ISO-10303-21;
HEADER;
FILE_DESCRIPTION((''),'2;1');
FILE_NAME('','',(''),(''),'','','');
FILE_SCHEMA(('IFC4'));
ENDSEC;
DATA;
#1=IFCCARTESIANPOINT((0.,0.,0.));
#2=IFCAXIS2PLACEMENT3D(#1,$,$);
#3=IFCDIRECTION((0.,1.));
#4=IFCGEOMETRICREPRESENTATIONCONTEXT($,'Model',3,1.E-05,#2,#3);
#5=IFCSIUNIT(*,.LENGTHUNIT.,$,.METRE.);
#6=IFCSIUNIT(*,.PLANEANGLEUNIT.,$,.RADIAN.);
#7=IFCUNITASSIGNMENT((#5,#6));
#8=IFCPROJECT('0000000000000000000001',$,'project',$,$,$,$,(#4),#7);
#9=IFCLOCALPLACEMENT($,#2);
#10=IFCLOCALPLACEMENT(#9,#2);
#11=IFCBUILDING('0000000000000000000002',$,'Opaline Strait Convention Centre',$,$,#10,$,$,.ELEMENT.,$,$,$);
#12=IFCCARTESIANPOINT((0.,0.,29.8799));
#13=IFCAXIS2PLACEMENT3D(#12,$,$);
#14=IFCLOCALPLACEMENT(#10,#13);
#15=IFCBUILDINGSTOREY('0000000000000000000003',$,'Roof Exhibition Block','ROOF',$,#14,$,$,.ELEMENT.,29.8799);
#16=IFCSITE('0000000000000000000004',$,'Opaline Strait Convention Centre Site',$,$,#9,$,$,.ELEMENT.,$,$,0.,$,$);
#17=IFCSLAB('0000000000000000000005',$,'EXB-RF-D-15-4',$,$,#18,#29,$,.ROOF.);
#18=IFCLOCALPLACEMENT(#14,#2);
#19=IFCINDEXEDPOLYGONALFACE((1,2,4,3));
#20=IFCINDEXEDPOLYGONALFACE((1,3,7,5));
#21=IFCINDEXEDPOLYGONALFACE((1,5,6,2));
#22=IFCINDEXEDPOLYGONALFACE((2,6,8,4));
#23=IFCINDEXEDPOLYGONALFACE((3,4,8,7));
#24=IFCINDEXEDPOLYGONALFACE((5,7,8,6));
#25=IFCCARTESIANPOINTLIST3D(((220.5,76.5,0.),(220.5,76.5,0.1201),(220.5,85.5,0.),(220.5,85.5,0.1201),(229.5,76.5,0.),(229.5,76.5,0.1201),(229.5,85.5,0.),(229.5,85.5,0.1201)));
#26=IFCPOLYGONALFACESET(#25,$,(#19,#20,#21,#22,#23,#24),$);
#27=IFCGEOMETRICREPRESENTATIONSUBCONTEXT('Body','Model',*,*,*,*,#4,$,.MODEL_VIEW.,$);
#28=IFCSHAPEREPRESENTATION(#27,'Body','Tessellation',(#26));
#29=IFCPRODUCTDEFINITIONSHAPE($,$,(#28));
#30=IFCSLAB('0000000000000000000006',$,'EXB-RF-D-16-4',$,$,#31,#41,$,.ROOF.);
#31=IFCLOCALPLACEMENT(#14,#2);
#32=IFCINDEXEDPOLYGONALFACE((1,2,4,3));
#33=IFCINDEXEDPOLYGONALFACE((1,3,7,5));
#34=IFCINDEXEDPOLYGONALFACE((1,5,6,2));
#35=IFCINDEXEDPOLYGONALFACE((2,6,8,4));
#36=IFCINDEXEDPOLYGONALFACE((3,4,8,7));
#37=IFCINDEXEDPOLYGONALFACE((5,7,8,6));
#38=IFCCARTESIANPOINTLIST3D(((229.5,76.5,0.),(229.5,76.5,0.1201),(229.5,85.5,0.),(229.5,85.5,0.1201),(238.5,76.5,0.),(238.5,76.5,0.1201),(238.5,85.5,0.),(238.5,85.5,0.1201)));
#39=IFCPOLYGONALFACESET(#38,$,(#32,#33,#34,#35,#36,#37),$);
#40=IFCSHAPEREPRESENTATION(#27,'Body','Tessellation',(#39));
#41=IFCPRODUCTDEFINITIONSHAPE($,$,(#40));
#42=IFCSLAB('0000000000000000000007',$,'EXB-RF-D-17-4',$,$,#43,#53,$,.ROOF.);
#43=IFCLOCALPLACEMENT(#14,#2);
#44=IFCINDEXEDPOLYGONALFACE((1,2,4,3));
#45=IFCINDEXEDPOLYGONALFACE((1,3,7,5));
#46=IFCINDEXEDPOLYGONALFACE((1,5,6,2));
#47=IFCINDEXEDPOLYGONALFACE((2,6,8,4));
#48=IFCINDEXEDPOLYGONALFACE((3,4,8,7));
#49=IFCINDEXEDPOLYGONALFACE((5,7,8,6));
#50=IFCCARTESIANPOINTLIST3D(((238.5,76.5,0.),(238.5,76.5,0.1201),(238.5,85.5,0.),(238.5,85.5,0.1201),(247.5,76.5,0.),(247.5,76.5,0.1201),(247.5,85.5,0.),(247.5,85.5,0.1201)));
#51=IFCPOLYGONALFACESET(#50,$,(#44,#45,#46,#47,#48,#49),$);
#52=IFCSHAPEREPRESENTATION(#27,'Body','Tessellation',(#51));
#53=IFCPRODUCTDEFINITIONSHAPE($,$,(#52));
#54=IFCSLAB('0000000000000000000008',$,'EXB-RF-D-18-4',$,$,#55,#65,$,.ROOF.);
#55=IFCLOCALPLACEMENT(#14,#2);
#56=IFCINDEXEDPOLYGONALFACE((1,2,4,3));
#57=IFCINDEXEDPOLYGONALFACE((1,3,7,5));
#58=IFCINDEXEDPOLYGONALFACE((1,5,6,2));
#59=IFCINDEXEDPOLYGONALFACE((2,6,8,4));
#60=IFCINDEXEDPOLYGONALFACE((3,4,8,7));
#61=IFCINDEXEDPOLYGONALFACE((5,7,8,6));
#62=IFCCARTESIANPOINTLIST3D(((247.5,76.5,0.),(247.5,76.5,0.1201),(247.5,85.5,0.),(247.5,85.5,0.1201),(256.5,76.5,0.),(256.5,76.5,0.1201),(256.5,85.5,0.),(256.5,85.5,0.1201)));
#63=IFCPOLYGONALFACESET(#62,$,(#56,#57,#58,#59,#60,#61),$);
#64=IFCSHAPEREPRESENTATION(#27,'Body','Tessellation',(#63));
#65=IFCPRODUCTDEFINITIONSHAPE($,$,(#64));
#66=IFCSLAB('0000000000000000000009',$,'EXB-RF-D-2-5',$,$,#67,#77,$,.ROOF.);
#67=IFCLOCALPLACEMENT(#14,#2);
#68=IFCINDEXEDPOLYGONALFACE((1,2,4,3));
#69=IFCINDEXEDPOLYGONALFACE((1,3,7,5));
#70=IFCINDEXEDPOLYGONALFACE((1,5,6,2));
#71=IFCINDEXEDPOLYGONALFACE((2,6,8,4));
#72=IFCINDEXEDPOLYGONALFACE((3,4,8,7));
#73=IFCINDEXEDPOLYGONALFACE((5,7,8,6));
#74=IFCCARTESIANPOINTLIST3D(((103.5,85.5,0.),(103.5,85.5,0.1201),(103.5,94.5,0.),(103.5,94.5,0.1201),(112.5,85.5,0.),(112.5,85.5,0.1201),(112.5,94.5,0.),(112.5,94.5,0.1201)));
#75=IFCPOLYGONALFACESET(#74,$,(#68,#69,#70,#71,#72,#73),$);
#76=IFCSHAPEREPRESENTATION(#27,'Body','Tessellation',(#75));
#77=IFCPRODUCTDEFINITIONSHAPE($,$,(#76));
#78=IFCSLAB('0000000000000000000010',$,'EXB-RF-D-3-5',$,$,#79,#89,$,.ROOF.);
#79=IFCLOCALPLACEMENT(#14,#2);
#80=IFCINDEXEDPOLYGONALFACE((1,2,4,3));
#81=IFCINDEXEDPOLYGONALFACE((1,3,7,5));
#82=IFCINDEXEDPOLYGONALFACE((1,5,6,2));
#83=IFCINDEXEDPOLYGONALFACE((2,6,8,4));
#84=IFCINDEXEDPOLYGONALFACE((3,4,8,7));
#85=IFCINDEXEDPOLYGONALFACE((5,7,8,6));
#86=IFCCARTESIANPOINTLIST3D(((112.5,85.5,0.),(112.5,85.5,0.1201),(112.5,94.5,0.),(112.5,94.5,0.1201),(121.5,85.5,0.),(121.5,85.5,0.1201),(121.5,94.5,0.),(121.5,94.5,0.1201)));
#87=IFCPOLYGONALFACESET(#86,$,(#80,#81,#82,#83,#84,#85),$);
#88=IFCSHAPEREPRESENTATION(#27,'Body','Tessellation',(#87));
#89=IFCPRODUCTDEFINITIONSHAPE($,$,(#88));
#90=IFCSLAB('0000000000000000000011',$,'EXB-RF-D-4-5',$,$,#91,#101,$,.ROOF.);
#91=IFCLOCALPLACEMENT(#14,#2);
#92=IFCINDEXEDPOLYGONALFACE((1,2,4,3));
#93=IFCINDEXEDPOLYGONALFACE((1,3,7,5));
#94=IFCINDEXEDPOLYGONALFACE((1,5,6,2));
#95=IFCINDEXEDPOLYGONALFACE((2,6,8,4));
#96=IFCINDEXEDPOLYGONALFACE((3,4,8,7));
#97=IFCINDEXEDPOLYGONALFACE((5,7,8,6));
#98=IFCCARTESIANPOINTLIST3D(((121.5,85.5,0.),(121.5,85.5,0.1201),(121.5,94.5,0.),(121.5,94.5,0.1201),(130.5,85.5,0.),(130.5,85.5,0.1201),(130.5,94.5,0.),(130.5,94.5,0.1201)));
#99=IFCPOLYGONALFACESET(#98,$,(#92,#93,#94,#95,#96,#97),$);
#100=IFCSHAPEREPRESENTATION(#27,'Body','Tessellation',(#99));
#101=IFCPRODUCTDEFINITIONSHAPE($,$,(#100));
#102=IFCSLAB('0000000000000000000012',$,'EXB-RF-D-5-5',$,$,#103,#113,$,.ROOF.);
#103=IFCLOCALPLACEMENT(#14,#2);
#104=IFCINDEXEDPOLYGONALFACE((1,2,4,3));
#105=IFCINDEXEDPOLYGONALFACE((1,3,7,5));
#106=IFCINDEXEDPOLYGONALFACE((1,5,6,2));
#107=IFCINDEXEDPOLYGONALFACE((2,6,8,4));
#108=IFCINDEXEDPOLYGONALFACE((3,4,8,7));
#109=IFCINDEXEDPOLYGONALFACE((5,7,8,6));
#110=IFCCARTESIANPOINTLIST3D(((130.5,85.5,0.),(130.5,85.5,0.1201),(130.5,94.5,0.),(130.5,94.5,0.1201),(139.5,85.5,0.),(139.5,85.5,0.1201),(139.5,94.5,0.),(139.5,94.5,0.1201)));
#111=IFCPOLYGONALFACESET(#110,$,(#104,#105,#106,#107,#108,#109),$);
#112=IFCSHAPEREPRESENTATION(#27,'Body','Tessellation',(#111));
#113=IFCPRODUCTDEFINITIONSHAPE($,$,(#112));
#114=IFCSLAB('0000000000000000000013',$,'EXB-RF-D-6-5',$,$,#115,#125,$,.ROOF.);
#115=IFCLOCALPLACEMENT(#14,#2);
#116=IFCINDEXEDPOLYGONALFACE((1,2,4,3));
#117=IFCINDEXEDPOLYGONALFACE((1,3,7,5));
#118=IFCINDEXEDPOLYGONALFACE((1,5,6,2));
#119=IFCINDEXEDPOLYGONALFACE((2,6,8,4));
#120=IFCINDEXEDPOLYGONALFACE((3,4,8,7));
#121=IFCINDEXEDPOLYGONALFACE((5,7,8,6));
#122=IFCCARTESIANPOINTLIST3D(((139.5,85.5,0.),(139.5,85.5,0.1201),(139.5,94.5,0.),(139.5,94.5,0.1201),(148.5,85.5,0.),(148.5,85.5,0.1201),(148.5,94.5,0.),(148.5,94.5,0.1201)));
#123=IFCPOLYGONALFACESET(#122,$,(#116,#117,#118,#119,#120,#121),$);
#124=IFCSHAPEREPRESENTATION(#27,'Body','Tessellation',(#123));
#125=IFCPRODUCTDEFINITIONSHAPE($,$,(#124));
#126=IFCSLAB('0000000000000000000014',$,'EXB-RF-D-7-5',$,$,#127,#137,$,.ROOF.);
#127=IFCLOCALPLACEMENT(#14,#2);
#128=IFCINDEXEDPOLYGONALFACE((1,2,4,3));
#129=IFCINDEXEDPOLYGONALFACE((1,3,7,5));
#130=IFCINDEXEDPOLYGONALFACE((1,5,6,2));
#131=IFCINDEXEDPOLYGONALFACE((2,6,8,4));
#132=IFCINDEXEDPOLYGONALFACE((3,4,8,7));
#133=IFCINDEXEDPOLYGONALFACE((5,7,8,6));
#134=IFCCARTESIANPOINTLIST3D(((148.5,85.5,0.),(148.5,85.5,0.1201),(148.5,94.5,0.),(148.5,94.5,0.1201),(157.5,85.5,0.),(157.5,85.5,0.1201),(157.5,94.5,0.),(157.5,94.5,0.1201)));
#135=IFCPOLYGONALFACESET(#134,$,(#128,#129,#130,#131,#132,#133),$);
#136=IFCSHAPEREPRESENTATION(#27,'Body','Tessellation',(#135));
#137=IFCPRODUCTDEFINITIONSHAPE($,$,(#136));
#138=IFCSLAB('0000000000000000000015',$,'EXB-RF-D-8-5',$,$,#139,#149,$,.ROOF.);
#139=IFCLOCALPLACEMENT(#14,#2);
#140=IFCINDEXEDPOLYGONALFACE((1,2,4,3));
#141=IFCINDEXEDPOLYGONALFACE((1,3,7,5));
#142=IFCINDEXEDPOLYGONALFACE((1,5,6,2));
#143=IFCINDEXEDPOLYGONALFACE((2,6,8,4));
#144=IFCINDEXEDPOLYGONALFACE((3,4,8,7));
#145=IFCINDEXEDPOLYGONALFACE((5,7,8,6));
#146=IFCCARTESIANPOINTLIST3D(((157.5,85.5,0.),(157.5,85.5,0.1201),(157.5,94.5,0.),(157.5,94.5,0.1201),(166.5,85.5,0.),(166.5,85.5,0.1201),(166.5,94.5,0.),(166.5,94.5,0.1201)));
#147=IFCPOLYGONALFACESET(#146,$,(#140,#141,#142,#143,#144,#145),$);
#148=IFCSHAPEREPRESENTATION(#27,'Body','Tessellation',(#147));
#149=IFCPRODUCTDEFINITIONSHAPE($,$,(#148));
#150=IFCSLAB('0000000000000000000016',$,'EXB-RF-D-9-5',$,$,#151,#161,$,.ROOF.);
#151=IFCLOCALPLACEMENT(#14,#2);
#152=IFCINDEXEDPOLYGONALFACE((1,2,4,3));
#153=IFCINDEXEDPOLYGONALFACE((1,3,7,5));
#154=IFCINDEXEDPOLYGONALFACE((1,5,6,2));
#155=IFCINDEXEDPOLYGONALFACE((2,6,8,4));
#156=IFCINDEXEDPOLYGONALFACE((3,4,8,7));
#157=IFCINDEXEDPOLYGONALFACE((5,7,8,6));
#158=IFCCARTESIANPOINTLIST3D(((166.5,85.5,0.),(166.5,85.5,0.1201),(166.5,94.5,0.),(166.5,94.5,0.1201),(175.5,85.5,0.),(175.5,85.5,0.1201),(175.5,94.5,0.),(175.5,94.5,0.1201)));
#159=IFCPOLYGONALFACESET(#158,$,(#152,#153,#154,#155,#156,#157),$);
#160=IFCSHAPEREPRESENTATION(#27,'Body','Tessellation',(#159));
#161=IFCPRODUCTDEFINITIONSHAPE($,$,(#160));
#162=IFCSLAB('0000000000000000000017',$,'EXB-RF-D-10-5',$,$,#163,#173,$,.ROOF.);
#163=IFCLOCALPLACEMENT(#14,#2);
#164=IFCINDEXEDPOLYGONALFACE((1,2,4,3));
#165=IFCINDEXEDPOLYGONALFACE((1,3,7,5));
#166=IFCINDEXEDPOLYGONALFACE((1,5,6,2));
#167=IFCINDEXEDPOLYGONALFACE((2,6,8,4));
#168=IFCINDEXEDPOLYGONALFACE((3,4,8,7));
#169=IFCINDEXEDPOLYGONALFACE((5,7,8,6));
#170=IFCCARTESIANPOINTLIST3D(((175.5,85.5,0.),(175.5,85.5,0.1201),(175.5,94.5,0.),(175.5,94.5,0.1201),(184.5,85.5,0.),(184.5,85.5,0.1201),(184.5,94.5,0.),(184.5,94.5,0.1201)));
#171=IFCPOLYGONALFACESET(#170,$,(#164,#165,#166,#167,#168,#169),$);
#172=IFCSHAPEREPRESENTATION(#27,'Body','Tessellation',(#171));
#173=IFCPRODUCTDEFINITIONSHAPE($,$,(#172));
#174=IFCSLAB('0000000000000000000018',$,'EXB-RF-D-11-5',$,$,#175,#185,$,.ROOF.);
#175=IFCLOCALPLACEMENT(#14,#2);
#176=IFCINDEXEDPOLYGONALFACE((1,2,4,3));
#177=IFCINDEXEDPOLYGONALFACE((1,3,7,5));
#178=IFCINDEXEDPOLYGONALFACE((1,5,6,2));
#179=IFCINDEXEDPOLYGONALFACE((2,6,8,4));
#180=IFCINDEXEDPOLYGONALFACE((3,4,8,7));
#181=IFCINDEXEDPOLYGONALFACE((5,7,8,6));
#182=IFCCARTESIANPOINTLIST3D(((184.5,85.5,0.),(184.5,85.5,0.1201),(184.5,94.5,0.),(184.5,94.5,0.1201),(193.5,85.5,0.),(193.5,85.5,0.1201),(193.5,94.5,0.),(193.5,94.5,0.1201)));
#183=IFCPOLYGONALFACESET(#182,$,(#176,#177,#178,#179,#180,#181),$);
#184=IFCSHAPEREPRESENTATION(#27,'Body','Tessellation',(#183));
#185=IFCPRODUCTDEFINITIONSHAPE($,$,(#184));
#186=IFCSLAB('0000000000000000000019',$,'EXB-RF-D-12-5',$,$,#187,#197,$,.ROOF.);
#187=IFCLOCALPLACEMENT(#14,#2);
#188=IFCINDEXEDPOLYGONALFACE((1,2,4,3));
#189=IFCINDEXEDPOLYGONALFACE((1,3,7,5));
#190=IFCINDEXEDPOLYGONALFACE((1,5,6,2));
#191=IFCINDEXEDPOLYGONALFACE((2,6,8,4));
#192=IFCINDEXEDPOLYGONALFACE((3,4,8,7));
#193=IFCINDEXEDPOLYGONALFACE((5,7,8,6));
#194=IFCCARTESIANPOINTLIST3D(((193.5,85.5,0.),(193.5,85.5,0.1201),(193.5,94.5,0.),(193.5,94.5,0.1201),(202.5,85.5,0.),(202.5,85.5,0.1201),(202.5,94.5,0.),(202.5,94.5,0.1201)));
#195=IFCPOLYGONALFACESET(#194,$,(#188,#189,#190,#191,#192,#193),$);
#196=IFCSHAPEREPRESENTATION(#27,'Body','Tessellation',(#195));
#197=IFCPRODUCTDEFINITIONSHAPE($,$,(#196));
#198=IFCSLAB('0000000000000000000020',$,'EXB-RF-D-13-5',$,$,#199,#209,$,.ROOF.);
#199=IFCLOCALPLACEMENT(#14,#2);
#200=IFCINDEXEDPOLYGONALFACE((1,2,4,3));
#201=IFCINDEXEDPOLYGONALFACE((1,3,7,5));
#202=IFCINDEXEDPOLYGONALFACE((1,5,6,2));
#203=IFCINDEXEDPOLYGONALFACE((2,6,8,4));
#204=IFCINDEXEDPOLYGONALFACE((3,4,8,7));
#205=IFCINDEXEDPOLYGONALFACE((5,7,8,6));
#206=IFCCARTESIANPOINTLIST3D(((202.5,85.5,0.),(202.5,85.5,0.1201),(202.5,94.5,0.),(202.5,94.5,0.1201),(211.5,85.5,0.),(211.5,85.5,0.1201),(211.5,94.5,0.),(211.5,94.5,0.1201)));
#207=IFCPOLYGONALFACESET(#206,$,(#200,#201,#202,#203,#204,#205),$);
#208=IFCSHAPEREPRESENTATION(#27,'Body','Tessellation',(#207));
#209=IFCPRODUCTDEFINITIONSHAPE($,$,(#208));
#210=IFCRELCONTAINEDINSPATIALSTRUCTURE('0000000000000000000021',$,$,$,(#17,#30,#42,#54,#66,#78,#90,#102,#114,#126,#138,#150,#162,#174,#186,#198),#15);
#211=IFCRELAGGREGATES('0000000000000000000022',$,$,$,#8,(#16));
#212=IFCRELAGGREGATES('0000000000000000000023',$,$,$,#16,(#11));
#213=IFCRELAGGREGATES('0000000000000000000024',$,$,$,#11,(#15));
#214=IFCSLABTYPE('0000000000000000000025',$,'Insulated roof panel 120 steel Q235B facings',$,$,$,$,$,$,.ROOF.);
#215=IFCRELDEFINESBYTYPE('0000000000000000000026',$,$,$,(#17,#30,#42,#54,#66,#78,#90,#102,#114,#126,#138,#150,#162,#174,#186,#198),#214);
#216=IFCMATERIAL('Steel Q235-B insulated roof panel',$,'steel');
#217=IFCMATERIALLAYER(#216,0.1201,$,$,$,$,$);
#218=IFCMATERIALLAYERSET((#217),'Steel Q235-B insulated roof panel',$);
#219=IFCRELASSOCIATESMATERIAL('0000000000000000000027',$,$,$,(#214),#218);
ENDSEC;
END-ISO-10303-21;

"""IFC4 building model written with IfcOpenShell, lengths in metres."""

from ifc_helpers import new_model, si_unit, direction, frame, origin, place, context, subcontext, project, spatial, polyline, outline, extrude, material, layer, layer_set, type_object, element, save


model = new_model("IFC4")

# Units and contexts
model_context = context("Model", 3, precision=1e-05, world=origin(), true_north=direction((0.0, 1.0)))
body_context = subcontext(model_context, "Body", "Model", "MODEL_VIEW")
ifc_project = project(units=[si_unit("LENGTHUNIT", "METRE"), si_unit("PLANEANGLEUNIT", "RADIAN")], contexts=[model_context])

# Site, building, storey
site_placement = place(None, origin())
site = spatial("IfcSite", under=ifc_project, at=site_placement, Name="Opaline Strait Convention Centre Site", CompositionType="ELEMENT", RefElevation=0.0)
building_placement = place(site_placement, origin())
building = spatial("IfcBuilding", under=site, at=building_placement, Name="Opaline Strait Convention Centre", CompositionType="ELEMENT")
storey_placement = place(building_placement, frame((0.0, 0.0, 29.8799)))
storey = spatial("IfcBuildingStorey", under=building, at=storey_placement, Name="Roof Exhibition Block", Description="ROOF", CompositionType="ELEMENT", Elevation=29.8799)

# Slabs
ifc_material = material(Name="Steel Q235-B insulated roof panel", Category="steel")
ifc_layer = layer(ifc_material, 0.1201)
ifc_layer_set = layer_set([ifc_layer], Name="Steel Q235-B insulated roof panel")
slab_type = type_object("IfcSlabType", Name="Insulated roof panel 120 steel Q235B facings", PredefinedType="ROOF", material=ifc_layer_set)
slab_1_placement = place(storey_placement, origin())
element("IfcSlab", 1, at=slab_1_placement, inside=storey, type_object=slab_type, Name="EXB-RF-D-15-4", PredefinedType="ROOF", context=body_context, shape_type="SweptSolid", body=[
    extrude(outline(polyline([(220.5, 76.5), (229.5, 76.5), (229.5, 85.5), (220.5, 85.5), (220.5, 76.5)])), origin(), (0.0, 0.0, 1.0), 0.1201),
])
slab_2_placement = place(storey_placement, origin())
element("IfcSlab", 2, at=slab_2_placement, inside=storey, type_object=slab_type, Name="EXB-RF-D-16-4", PredefinedType="ROOF", context=body_context, shape_type="SweptSolid", body=[
    extrude(outline(polyline([(229.5, 76.5), (238.5, 76.5), (238.5, 85.5), (229.5, 85.5), (229.5, 76.5)])), origin(), (0.0, 0.0, 1.0), 0.1201),
])
slab_3_placement = place(storey_placement, origin())
element("IfcSlab", 3, at=slab_3_placement, inside=storey, type_object=slab_type, Name="EXB-RF-D-17-4", PredefinedType="ROOF", context=body_context, shape_type="SweptSolid", body=[
    extrude(outline(polyline([(238.5, 76.5), (247.5, 76.5), (247.5, 85.5), (238.5, 85.5), (238.5, 76.5)])), origin(), (0.0, 0.0, 1.0), 0.1201),
])
slab_4_placement = place(storey_placement, origin())
element("IfcSlab", 4, at=slab_4_placement, inside=storey, type_object=slab_type, Name="EXB-RF-D-18-4", PredefinedType="ROOF", context=body_context, shape_type="SweptSolid", body=[
    extrude(outline(polyline([(247.5, 76.5), (256.5, 76.5), (256.5, 85.5), (247.5, 85.5), (247.5, 76.5)])), origin(), (0.0, 0.0, 1.0), 0.1201),
])
slab_5_placement = place(storey_placement, origin())
element("IfcSlab", 5, at=slab_5_placement, inside=storey, type_object=slab_type, Name="EXB-RF-D-2-5", PredefinedType="ROOF", context=body_context, shape_type="SweptSolid", body=[
    extrude(outline(polyline([(103.5, 85.5), (112.5, 85.5), (112.5, 94.5), (103.5, 94.5), (103.5, 85.5)])), origin(), (0.0, 0.0, 1.0), 0.1201),
])
slab_6_placement = place(storey_placement, origin())
element("IfcSlab", 6, at=slab_6_placement, inside=storey, type_object=slab_type, Name="EXB-RF-D-3-5", PredefinedType="ROOF", context=body_context, shape_type="SweptSolid", body=[
    extrude(outline(polyline([(112.5, 85.5), (121.5, 85.5), (121.5, 94.5), (112.5, 94.5), (112.5, 85.5)])), origin(), (0.0, 0.0, 1.0), 0.1201),
])
slab_7_placement = place(storey_placement, origin())
element("IfcSlab", 7, at=slab_7_placement, inside=storey, type_object=slab_type, Name="EXB-RF-D-4-5", PredefinedType="ROOF", context=body_context, shape_type="SweptSolid", body=[
    extrude(outline(polyline([(121.5, 85.5), (130.5, 85.5), (130.5, 94.5), (121.5, 94.5), (121.5, 85.5)])), origin(), (0.0, 0.0, 1.0), 0.1201),
])
slab_8_placement = place(storey_placement, origin())
element("IfcSlab", 8, at=slab_8_placement, inside=storey, type_object=slab_type, Name="EXB-RF-D-5-5", PredefinedType="ROOF", context=body_context, shape_type="SweptSolid", body=[
    extrude(outline(polyline([(130.5, 85.5), (139.5, 85.5), (139.5, 94.5), (130.5, 94.5), (130.5, 85.5)])), origin(), (0.0, 0.0, 1.0), 0.1201),
])
slab_9_placement = place(storey_placement, origin())
element("IfcSlab", 9, at=slab_9_placement, inside=storey, type_object=slab_type, Name="EXB-RF-D-6-5", PredefinedType="ROOF", context=body_context, shape_type="SweptSolid", body=[
    extrude(outline(polyline([(139.5, 85.5), (148.5, 85.5), (148.5, 94.5), (139.5, 94.5), (139.5, 85.5)])), origin(), (0.0, 0.0, 1.0), 0.1201),
])
slab_10_placement = place(storey_placement, origin())
element("IfcSlab", 10, at=slab_10_placement, inside=storey, type_object=slab_type, Name="EXB-RF-D-7-5", PredefinedType="ROOF", context=body_context, shape_type="SweptSolid", body=[
    extrude(outline(polyline([(148.5, 85.5), (157.5, 85.5), (157.5, 94.5), (148.5, 94.5), (148.5, 85.5)])), origin(), (0.0, 0.0, 1.0), 0.1201),
])
slab_11_placement = place(storey_placement, origin())
element("IfcSlab", 11, at=slab_11_placement, inside=storey, type_object=slab_type, Name="EXB-RF-D-8-5", PredefinedType="ROOF", context=body_context, shape_type="SweptSolid", body=[
    extrude(outline(polyline([(157.5, 85.5), (166.5, 85.5), (166.5, 94.5), (157.5, 94.5), (157.5, 85.5)])), origin(), (0.0, 0.0, 1.0), 0.1201),
])
slab_12_placement = place(storey_placement, origin())
element("IfcSlab", 12, at=slab_12_placement, inside=storey, type_object=slab_type, Name="EXB-RF-D-9-5", PredefinedType="ROOF", context=body_context, shape_type="SweptSolid", body=[
    extrude(outline(polyline([(166.5, 85.5), (175.5, 85.5), (175.5, 94.5), (166.5, 94.5), (166.5, 85.5)])), origin(), (0.0, 0.0, 1.0), 0.1201),
])
slab_13_placement = place(storey_placement, origin())
element("IfcSlab", 13, at=slab_13_placement, inside=storey, type_object=slab_type, Name="EXB-RF-D-10-5", PredefinedType="ROOF", context=body_context, shape_type="SweptSolid", body=[
    extrude(outline(polyline([(175.5, 85.5), (184.5, 85.5), (184.5, 94.5), (175.5, 94.5), (175.5, 85.5)])), origin(), (0.0, 0.0, 1.0), 0.1201),
])
slab_14_placement = place(storey_placement, origin())
element("IfcSlab", 14, at=slab_14_placement, inside=storey, type_object=slab_type, Name="EXB-RF-D-11-5", PredefinedType="ROOF", context=body_context, shape_type="SweptSolid", body=[
    extrude(outline(polyline([(184.5, 85.5), (193.5, 85.5), (193.5, 94.5), (184.5, 94.5), (184.5, 85.5)])), origin(), (0.0, 0.0, 1.0), 0.1201),
])
slab_15_placement = place(storey_placement, origin())
element("IfcSlab", 15, at=slab_15_placement, inside=storey, type_object=slab_type, Name="EXB-RF-D-12-5", PredefinedType="ROOF", context=body_context, shape_type="SweptSolid", body=[
    extrude(outline(polyline([(193.5, 85.5), (202.5, 85.5), (202.5, 94.5), (193.5, 94.5), (193.5, 85.5)])), origin(), (0.0, 0.0, 1.0), 0.1201),
])
slab_16_placement = place(storey_placement, origin())
element("IfcSlab", 16, at=slab_16_placement, inside=storey, type_object=slab_type, Name="EXB-RF-D-13-5", PredefinedType="ROOF", context=body_context, shape_type="SweptSolid", body=[
    extrude(outline(polyline([(202.5, 85.5), (211.5, 85.5), (211.5, 94.5), (202.5, 94.5), (202.5, 85.5)])), origin(), (0.0, 0.0, 1.0), 0.1201),
])

save(model, "model.ifc")
